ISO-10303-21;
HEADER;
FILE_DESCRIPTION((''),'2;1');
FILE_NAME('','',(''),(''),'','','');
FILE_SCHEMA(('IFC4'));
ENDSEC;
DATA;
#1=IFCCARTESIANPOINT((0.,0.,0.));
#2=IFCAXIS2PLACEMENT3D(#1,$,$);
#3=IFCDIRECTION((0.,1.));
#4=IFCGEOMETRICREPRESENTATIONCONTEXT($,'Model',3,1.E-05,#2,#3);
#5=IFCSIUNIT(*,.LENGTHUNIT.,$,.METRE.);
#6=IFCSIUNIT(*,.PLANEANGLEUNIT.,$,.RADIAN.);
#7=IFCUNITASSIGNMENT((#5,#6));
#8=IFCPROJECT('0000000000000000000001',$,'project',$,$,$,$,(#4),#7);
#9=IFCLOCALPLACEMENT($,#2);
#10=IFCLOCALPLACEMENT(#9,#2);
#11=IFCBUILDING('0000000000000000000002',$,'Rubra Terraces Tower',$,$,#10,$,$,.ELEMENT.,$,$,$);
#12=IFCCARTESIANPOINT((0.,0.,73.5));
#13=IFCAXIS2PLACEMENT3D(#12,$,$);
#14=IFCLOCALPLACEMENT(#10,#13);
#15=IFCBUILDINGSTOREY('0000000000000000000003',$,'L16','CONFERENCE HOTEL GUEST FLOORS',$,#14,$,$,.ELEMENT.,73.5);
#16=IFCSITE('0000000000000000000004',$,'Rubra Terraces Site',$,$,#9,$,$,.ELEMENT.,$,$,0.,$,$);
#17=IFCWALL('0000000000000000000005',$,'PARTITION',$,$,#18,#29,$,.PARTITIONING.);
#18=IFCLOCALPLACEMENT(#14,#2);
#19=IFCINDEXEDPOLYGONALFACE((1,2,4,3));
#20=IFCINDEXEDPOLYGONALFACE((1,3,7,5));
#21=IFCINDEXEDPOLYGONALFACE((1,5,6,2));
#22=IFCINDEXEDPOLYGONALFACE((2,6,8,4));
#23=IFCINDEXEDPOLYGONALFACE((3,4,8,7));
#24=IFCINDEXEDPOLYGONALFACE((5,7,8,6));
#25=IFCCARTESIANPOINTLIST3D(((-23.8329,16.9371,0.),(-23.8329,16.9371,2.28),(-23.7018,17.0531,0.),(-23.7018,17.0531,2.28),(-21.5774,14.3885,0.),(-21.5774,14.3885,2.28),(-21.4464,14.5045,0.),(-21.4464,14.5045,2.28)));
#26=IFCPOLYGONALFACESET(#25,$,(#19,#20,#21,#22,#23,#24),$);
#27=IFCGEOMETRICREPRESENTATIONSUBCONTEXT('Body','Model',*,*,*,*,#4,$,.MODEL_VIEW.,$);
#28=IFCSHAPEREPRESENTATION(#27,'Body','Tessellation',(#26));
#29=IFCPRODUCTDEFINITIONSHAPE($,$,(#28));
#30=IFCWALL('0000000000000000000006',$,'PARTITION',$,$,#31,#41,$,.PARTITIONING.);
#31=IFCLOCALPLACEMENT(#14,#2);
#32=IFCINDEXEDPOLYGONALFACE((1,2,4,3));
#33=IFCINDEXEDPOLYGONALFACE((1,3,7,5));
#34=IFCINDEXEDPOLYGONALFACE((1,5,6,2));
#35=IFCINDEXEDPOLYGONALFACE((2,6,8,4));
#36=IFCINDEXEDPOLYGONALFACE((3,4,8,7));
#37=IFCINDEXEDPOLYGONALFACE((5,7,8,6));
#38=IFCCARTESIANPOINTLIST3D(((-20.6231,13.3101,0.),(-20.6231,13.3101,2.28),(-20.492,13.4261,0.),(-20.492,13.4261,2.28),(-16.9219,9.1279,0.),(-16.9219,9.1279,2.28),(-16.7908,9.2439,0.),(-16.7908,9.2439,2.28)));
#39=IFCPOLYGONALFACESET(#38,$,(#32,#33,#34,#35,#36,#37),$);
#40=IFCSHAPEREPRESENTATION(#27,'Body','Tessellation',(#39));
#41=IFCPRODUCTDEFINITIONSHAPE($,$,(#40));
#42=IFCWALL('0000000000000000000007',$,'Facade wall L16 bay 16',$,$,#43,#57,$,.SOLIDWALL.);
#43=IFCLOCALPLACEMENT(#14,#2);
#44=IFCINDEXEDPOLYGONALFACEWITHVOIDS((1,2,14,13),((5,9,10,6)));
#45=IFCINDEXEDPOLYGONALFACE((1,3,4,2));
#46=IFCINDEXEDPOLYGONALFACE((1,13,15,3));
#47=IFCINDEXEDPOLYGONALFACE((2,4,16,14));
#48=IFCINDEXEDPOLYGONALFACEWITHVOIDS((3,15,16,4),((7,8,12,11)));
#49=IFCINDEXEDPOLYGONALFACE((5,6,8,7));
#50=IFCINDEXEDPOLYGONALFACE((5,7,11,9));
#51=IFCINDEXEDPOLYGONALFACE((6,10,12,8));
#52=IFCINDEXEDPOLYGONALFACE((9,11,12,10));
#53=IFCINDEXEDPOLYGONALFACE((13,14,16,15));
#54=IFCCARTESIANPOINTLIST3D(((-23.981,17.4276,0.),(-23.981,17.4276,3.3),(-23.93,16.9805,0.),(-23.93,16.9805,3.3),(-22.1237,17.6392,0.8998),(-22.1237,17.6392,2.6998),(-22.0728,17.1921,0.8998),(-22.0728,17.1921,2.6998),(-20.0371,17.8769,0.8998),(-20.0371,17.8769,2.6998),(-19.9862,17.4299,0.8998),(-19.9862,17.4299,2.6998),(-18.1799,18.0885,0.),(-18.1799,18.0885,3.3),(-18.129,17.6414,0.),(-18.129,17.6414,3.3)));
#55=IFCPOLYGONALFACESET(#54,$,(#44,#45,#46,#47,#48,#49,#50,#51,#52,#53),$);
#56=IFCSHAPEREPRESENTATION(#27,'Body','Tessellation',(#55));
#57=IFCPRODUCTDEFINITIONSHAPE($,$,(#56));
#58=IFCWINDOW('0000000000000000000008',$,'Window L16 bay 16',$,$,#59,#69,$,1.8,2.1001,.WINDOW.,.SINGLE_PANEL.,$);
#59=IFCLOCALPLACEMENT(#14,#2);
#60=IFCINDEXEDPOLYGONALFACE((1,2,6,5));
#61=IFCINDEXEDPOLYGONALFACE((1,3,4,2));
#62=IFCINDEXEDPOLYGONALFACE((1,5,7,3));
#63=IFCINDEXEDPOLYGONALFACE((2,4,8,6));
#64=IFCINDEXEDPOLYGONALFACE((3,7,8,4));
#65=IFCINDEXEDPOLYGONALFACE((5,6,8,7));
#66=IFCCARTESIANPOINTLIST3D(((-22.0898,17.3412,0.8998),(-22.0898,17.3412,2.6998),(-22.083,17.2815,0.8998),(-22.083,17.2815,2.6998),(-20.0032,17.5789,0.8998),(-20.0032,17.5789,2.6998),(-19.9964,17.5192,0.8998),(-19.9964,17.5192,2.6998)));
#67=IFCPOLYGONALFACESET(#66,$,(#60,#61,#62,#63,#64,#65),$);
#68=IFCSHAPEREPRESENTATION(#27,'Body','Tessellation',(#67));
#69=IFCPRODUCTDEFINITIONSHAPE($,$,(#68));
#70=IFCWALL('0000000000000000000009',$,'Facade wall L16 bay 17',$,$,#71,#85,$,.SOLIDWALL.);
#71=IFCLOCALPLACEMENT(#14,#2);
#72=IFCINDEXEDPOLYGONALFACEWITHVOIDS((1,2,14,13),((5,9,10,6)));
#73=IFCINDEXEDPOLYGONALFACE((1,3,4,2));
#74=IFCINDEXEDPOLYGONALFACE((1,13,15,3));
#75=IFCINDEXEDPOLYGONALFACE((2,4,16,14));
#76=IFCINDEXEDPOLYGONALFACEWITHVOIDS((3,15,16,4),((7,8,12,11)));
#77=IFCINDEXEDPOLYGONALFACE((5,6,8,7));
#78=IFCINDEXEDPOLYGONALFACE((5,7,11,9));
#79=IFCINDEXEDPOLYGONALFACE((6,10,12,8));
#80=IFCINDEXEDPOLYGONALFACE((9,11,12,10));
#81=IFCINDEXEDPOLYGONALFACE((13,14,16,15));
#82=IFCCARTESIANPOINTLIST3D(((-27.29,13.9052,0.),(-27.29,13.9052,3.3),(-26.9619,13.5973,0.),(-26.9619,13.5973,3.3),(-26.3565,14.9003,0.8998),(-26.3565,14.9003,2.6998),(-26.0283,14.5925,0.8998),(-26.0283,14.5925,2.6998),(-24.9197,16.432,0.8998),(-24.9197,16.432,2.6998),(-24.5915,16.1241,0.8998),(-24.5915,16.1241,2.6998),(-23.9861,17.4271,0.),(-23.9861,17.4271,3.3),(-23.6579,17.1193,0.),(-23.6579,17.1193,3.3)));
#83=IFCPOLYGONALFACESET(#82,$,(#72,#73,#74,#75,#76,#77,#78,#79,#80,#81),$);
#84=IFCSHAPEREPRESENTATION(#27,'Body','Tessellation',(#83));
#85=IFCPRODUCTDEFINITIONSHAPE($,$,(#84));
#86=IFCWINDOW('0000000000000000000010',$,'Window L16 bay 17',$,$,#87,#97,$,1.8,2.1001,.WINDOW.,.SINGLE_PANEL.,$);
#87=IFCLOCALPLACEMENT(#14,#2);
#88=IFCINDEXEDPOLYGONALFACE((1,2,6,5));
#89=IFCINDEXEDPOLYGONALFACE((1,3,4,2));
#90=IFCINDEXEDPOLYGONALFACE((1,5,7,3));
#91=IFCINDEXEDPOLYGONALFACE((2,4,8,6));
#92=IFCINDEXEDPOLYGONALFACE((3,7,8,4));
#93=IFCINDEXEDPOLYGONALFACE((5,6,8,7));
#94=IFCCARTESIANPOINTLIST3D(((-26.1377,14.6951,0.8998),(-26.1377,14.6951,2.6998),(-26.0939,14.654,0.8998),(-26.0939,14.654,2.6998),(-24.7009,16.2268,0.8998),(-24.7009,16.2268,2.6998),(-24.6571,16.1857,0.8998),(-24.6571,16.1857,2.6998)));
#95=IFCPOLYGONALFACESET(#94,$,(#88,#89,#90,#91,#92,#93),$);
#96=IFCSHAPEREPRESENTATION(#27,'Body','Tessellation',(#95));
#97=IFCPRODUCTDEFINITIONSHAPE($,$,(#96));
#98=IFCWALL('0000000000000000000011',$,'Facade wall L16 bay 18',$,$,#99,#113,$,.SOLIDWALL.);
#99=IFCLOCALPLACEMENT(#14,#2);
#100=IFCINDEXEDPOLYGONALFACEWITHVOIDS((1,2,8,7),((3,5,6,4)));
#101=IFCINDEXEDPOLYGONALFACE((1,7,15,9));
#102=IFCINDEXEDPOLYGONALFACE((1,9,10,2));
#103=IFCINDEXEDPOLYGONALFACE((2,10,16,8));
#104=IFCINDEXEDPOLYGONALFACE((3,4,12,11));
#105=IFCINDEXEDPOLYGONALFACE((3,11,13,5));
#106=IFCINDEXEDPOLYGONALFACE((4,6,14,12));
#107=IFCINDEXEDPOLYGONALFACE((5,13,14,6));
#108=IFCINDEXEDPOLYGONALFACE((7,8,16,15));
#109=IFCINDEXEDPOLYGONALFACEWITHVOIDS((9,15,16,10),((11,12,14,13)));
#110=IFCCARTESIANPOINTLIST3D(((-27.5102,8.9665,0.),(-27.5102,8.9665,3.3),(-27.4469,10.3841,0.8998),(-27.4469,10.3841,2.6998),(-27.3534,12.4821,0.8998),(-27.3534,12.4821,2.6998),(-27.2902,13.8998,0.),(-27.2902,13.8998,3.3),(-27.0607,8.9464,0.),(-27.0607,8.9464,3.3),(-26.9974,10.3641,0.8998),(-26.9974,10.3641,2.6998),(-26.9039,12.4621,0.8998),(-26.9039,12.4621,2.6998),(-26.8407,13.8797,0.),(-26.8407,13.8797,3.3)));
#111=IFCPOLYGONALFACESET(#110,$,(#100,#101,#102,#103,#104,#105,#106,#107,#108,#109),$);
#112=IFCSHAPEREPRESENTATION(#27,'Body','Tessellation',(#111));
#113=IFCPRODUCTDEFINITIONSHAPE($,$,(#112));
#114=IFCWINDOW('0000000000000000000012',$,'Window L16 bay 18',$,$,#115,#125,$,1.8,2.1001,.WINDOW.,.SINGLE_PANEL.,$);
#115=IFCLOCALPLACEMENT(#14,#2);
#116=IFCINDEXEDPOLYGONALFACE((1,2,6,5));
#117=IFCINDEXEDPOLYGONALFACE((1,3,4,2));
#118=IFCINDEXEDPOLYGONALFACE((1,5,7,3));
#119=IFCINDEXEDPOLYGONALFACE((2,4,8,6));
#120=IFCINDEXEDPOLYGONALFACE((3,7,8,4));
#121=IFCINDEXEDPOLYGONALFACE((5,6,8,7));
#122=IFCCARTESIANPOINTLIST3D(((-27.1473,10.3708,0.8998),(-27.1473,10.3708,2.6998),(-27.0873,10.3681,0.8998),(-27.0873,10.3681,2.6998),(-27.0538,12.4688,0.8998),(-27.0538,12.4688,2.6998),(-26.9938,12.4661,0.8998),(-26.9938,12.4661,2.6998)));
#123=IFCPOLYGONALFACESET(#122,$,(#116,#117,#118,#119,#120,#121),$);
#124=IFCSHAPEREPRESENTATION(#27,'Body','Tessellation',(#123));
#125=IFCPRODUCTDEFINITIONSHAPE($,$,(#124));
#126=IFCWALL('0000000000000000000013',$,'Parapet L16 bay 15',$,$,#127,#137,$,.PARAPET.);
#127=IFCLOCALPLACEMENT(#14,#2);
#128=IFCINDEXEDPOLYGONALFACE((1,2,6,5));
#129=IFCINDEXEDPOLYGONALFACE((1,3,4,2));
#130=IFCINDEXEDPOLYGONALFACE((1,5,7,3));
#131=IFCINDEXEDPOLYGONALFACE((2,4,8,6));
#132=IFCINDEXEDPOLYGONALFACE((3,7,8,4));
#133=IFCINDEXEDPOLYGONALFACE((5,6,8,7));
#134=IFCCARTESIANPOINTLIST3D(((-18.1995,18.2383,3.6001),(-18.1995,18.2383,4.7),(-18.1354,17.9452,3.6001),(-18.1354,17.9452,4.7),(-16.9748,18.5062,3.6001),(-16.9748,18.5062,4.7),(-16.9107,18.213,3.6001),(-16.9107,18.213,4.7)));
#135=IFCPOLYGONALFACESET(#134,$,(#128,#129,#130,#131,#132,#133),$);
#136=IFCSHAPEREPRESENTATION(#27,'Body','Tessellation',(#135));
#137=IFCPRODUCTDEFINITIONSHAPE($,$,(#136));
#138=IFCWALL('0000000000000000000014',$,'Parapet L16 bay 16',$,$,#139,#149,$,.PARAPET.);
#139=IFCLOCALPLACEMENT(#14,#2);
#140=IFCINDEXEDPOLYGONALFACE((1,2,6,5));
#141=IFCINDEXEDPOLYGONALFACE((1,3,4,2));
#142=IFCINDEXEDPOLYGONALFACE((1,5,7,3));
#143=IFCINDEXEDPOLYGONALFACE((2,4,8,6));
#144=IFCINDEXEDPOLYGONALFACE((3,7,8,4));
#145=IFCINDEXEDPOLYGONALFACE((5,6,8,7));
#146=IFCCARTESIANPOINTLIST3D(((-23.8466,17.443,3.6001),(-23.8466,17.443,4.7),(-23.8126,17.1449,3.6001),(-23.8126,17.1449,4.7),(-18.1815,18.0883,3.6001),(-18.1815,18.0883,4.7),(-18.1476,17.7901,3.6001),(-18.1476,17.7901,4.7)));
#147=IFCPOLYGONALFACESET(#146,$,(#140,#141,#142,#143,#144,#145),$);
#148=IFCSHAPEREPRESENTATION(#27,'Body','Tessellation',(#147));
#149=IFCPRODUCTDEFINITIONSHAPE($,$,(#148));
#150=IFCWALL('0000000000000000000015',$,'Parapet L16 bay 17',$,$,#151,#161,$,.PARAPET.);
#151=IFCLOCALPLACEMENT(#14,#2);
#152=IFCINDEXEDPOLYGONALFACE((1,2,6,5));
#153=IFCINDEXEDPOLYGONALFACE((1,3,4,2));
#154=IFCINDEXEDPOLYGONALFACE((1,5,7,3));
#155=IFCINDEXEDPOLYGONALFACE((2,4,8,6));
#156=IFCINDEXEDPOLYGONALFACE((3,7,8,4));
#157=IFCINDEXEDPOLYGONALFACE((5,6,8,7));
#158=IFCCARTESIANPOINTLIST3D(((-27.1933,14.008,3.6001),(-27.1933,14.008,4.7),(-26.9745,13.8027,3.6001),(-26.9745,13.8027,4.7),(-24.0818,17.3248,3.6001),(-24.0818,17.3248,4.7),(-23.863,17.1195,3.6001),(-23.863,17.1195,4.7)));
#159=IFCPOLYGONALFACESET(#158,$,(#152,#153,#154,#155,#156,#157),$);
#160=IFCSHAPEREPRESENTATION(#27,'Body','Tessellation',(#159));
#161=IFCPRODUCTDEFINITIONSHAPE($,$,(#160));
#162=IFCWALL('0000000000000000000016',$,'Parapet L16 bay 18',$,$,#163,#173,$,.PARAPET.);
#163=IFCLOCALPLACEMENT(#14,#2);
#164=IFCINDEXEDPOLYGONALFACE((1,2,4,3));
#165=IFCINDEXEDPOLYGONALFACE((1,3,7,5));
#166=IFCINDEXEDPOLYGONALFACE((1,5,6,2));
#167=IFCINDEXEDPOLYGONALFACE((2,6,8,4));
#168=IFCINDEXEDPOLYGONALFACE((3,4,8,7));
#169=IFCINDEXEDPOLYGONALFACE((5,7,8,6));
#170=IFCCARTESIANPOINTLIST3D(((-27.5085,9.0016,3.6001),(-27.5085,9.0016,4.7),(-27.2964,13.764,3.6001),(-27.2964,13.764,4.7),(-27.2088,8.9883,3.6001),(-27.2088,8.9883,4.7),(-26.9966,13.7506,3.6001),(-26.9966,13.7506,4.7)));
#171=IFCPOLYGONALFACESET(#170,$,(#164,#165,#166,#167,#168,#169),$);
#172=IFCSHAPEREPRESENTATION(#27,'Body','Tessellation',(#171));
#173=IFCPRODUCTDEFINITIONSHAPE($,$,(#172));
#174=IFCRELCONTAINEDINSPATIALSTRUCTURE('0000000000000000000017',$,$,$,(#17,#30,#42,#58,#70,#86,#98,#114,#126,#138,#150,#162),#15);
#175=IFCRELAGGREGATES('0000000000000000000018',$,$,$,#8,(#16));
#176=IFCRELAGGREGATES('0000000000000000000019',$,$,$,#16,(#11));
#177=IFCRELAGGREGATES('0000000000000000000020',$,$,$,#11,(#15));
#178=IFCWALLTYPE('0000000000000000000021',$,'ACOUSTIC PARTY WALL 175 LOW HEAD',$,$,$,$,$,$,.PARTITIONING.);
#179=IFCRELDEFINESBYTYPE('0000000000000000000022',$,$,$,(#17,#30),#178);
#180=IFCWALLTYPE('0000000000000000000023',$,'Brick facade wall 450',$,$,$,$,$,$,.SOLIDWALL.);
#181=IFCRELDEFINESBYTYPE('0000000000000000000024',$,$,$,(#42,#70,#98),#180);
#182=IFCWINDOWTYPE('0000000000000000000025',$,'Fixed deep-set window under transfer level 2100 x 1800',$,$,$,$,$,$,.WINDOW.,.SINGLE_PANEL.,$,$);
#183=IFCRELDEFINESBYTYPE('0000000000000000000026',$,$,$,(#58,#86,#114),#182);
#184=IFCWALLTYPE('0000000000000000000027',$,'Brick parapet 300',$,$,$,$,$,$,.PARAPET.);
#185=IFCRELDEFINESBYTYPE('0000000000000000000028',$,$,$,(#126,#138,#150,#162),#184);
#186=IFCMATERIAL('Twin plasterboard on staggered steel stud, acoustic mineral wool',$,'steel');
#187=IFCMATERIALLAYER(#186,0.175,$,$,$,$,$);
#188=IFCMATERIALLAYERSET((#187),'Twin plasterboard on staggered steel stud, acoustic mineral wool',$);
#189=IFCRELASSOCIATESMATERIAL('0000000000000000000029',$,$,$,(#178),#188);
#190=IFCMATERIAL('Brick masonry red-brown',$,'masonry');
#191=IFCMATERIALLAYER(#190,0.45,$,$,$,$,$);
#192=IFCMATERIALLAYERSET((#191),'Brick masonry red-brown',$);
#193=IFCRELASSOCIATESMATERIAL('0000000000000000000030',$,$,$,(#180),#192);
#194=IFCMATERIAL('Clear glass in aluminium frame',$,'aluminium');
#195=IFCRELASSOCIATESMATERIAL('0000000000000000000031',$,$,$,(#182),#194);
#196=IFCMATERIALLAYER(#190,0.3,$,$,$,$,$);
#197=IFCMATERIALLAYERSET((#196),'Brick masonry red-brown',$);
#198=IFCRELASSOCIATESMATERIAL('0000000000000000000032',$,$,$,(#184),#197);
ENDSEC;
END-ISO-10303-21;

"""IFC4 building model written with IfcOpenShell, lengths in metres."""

from ifc_helpers import new_model, si_unit, direction, frame, frame_2d, origin, place, context, subcontext, project, spatial, rectangle, extrude, material, layer, layer_set, type_object, element, fill, save


model = new_model("IFC4")

# Units and contexts
model_context = context("Model", 3, precision=1e-05, world=origin(), true_north=direction((0.0, 1.0)))
body_context = subcontext(model_context, "Body", "Model", "MODEL_VIEW")
ifc_project = project(units=[si_unit("LENGTHUNIT", "METRE"), si_unit("PLANEANGLEUNIT", "RADIAN")], contexts=[model_context])

# Site, building, storey
site_placement = place(None, origin())
site = spatial("IfcSite", under=ifc_project, at=site_placement, Name="Rubra Terraces Site", CompositionType="ELEMENT", RefElevation=0.0)
building_placement = place(site_placement, origin())
building = spatial("IfcBuilding", under=site, at=building_placement, Name="Rubra Terraces Tower", CompositionType="ELEMENT")
storey_placement = place(building_placement, frame((0.0, 0.0, 73.5)))
storey = spatial("IfcBuildingStorey", under=building, at=storey_placement, Name="L16", Description="CONFERENCE HOTEL GUEST FLOORS", CompositionType="ELEMENT", Elevation=73.5)

# Walls
ifc_material_1 = material(Name="Twin plasterboard on staggered steel stud, acoustic mineral wool", Category="steel")
ifc_layer_1 = layer(ifc_material_1, 0.175)
ifc_layer_set_1 = layer_set([ifc_layer_1], Name="Twin plasterboard on staggered steel stud, acoustic mineral wool")
wall_type_1 = type_object("IfcWallType", Name="ACOUSTIC PARTY WALL 175 LOW HEAD", PredefinedType="PARTITIONING", material=ifc_layer_set_1)
wall_1_placement = place(storey_placement, frame((-23.7673, 16.9951, 0.0), z_axis=(0.0, 0.0, 1.0), x_axis=(0.662715, -0.748872, 0.0)))
element("IfcWall", 1, at=wall_1_placement, inside=storey, type_object=wall_type_1, Name="PARTITION", PredefinedType="PARTITIONING", context=body_context, shape_type="SweptSolid", body=[
    extrude(rectangle(XDim=3.4033, YDim=0.175, at=frame_2d((1.7017, 0.0))), origin(), (0.0, 0.0, 1.0), 2.28),
])
wall_2_placement = place(storey_placement, frame((-20.5576, 13.3682, 0.0), z_axis=(0.0, 0.0, 1.0), x_axis=(0.662734, -0.748855, 0.0)))
element("IfcWall", 2, at=wall_2_placement, inside=storey, type_object=wall_type_1, Name="PARTITION", PredefinedType="PARTITIONING", context=body_context, shape_type="SweptSolid", body=[
    extrude(rectangle(XDim=5.5847, YDim=0.175, at=frame_2d((2.7925, 0.0))), origin(), (0.0, 0.0, 1.0), 2.28),
])

# Walls, openings, windows
ifc_material_2 = material(Name="Brick masonry red-brown", Category="masonry")
ifc_layer_2 = layer(ifc_material_2, 0.45)
ifc_layer_set_2 = layer_set([ifc_layer_2], Name="Brick masonry red-brown")
wall_type_2 = type_object("IfcWallType", Name="Brick facade wall 450", PredefinedType="SOLIDWALL", material=ifc_layer_set_2)
wall_3_placement = place(storey_placement, frame((-18.1543, 17.865, 0.0), z_axis=(0.0, 0.0, 1.0), x_axis=(-0.993573, -0.113194, 0.0)))
wall_3 = element("IfcWall", 3, at=wall_3_placement, inside=storey, type_object=wall_type_2, Name="Facade wall L16 bay 16", PredefinedType="SOLIDWALL", context=body_context, shape_type="SweptSolid", body=[
    extrude(rectangle(XDim=5.8386, YDim=0.45, at=frame_2d((2.9194, 0.0))), origin(), (0.0, 0.0, 1.0), 3.3),
])
opening_1_placement = place(wall_3_placement, frame((1.8694, 0.0, 0.8999)))
opening_1 = element("IfcOpeningElement", 4, at=opening_1_placement, cuts=wall_3, PredefinedType="OPENING", context=body_context, shape_type="SweptSolid", body=[
    extrude(rectangle(XDim=2.1001, YDim=1.8, at=frame_2d((1.05, 0.8999))), frame((0.0, 0.2349, 0.0), z_axis=(0.0, -1.0, 0.0), x_axis=(1.0, 0.0, 0.0)), (0.0, 0.0, 1.0), 0.47),
])
ifc_material_3 = material(Name="Clear glass in aluminium frame", Category="aluminium")
window_type = type_object("IfcWindowType", Name="Fixed deep-set window under transfer level 2100 x 1800", PartitioningType="SINGLE_PANEL", PredefinedType="WINDOW", material=ifc_material_3)
window_1_placement = place(opening_1_placement, origin())
window_1 = element("IfcWindow", 5, at=window_1_placement, inside=storey, type_object=window_type, Name="Window L16 bay 16", OverallHeight=1.8, OverallWidth=2.1001, PartitioningType="SINGLE_PANEL", PredefinedType="WINDOW", context=body_context, shape_type="SweptSolid", body=[
    extrude(rectangle(XDim=2.1001, YDim=1.8, at=frame_2d((1.05, 0.8999))), frame((0.0, 0.135, 0.0), z_axis=(0.0, -1.0, 0.0), x_axis=(1.0, 0.0, 0.0)), (0.0, 0.0, 1.0), 0.0601),
])
fill(opening_1, window_1)
wall_4_placement = place(storey_placement, frame((-23.822, 17.2732, 0.0), z_axis=(0.0, 0.0, 1.0), x_axis=(-0.684173, -0.72932, 0.0)))
wall_4 = element("IfcWall", 6, at=wall_4_placement, inside=storey, type_object=wall_type_2, Name="Facade wall L16 bay 17", PredefinedType="SOLIDWALL", context=body_context, shape_type="SweptSolid", body=[
    extrude(rectangle(XDim=4.8291, YDim=0.45, at=frame_2d((2.4146, 0.0))), origin(), (0.0, 0.0, 1.0), 3.3),
])
opening_2_placement = place(wall_4_placement, frame((1.3645, 0.0, 0.8999)))
opening_2 = element("IfcOpeningElement", 7, at=opening_2_placement, cuts=wall_4, PredefinedType="OPENING", context=body_context, shape_type="SweptSolid", body=[
    extrude(rectangle(XDim=2.1001, YDim=1.8, at=frame_2d((1.05, 0.8999))), frame((0.0, 0.2349, 0.0), z_axis=(0.0, -1.0, 0.0), x_axis=(1.0, 0.0, 0.0)), (0.0, 0.0, 1.0), 0.47),
])
window_2_placement = place(opening_2_placement, origin())
window_2 = element("IfcWindow", 8, at=window_2_placement, inside=storey, type_object=window_type, Name="Window L16 bay 17", OverallHeight=1.8, OverallWidth=2.1001, PartitioningType="SINGLE_PANEL", PredefinedType="WINDOW", context=body_context, shape_type="SweptSolid", body=[
    extrude(rectangle(XDim=2.1001, YDim=1.8, at=frame_2d((1.05, 0.8999))), frame((0.0, 0.135, 0.0), z_axis=(0.0, -1.0, 0.0), x_axis=(1.0, 0.0, 0.0)), (0.0, 0.0, 1.0), 0.0601),
])
fill(opening_2, window_2)
wall_5_placement = place(storey_placement, frame((-27.0654, 13.8899, 0.0), z_axis=(0.0, 0.0, 1.0), x_axis=(-0.044544, -0.999007, 0.0)))
wall_5 = element("IfcWall", 9, at=wall_5_placement, inside=storey, type_object=wall_type_2, Name="Facade wall L16 bay 18", PredefinedType="SOLIDWALL", context=body_context, shape_type="SweptSolid", body=[
    extrude(rectangle(XDim=4.9382, YDim=0.45, at=frame_2d((2.4692, 0.0))), origin(), (0.0, 0.0, 1.0), 3.3),
])
opening_3_placement = place(wall_5_placement, frame((1.4192, 0.0, 0.8999)))
opening_3 = element("IfcOpeningElement", 10, at=opening_3_placement, cuts=wall_5, PredefinedType="OPENING", context=body_context, shape_type="SweptSolid", body=[
    extrude(rectangle(XDim=2.1001, YDim=1.8, at=frame_2d((1.05, 0.8999))), frame((0.0, 0.2349, 0.0), z_axis=(0.0, -1.0, 0.0), x_axis=(1.0, 0.0, 0.0)), (0.0, 0.0, 1.0), 0.47),
])
window_3_placement = place(opening_3_placement, origin())
window_3 = element("IfcWindow", 11, at=window_3_placement, inside=storey, type_object=window_type, Name="Window L16 bay 18", OverallHeight=1.8, OverallWidth=2.1001, PartitioningType="SINGLE_PANEL", PredefinedType="WINDOW", context=body_context, shape_type="SweptSolid", body=[
    extrude(rectangle(XDim=2.1001, YDim=1.8, at=frame_2d((1.05, 0.8999))), frame((0.0, 0.135, 0.0), z_axis=(0.0, -1.0, 0.0), x_axis=(1.0, 0.0, 0.0)), (0.0, 0.0, 1.0), 0.0601),
])
fill(opening_3, window_3)

# Walls
ifc_layer_3 = layer(ifc_material_2, 0.3)
ifc_layer_set_3 = layer_set([ifc_layer_3], Name="Brick masonry red-brown")
wall_type_3 = type_object("IfcWallType", Name="Brick parapet 300", PredefinedType="PARAPET", material=ifc_layer_set_3)
wall_6_placement = place(storey_placement, frame((-16.9426, 18.3596, 3.6001), z_axis=(0.0, 0.0, 1.0), x_axis=(-0.97691, -0.21365, 0.0)))
element("IfcWall", 12, at=wall_6_placement, inside=storey, type_object=wall_type_3, Name="Parapet L16 bay 15", PredefinedType="PARAPET", context=body_context, shape_type="SweptSolid", body=[
    extrude(rectangle(XDim=1.2537, YDim=0.3, at=frame_2d((0.627, 0.0))), origin(), (0.0, 0.0, 1.0), 1.0999),
])
wall_7_placement = place(storey_placement, frame((-18.1646, 17.9392, 3.6001), z_axis=(0.0, 0.0, 1.0), x_axis=(-0.993576, -0.113171, 0.0)))
element("IfcWall", 13, at=wall_7_placement, inside=storey, type_object=wall_type_3, Name="Parapet L16 bay 16", PredefinedType="PARAPET", context=body_context, shape_type="SweptSolid", body=[
    extrude(rectangle(XDim=5.7017, YDim=0.3, at=frame_2d((2.8508, 0.0))), origin(), (0.0, 0.0, 1.0), 1.0999),
])
wall_8_placement = place(storey_placement, frame((-23.9724, 17.2222, 3.6001), z_axis=(0.0, 0.0, 1.0), x_axis=(-0.684173, -0.72932, 0.0)))
element("IfcWall", 14, at=wall_8_placement, inside=storey, type_object=wall_type_3, Name="Parapet L16 bay 17", PredefinedType="PARAPET", context=body_context, shape_type="SweptSolid", body=[
    extrude(rectangle(XDim=4.5479, YDim=0.3, at=frame_2d((2.2739, 0.0))), origin(), (0.0, 0.0, 1.0), 1.0999),
])
wall_9_placement = place(storey_placement, frame((-27.1465, 13.7573, 3.6001), z_axis=(0.0, 0.0, 1.0), x_axis=(-0.044504, -0.999009, 0.0)))
element("IfcWall", 15, at=wall_9_placement, inside=storey, type_object=wall_type_3, Name="Parapet L16 bay 18", PredefinedType="PARAPET", context=body_context, shape_type="SweptSolid", body=[
    extrude(rectangle(XDim=4.7671, YDim=0.3, at=frame_2d((2.3835, 0.0))), origin(), (0.0, 0.0, 1.0), 1.0999),
])

save(model, "model.ifc")
